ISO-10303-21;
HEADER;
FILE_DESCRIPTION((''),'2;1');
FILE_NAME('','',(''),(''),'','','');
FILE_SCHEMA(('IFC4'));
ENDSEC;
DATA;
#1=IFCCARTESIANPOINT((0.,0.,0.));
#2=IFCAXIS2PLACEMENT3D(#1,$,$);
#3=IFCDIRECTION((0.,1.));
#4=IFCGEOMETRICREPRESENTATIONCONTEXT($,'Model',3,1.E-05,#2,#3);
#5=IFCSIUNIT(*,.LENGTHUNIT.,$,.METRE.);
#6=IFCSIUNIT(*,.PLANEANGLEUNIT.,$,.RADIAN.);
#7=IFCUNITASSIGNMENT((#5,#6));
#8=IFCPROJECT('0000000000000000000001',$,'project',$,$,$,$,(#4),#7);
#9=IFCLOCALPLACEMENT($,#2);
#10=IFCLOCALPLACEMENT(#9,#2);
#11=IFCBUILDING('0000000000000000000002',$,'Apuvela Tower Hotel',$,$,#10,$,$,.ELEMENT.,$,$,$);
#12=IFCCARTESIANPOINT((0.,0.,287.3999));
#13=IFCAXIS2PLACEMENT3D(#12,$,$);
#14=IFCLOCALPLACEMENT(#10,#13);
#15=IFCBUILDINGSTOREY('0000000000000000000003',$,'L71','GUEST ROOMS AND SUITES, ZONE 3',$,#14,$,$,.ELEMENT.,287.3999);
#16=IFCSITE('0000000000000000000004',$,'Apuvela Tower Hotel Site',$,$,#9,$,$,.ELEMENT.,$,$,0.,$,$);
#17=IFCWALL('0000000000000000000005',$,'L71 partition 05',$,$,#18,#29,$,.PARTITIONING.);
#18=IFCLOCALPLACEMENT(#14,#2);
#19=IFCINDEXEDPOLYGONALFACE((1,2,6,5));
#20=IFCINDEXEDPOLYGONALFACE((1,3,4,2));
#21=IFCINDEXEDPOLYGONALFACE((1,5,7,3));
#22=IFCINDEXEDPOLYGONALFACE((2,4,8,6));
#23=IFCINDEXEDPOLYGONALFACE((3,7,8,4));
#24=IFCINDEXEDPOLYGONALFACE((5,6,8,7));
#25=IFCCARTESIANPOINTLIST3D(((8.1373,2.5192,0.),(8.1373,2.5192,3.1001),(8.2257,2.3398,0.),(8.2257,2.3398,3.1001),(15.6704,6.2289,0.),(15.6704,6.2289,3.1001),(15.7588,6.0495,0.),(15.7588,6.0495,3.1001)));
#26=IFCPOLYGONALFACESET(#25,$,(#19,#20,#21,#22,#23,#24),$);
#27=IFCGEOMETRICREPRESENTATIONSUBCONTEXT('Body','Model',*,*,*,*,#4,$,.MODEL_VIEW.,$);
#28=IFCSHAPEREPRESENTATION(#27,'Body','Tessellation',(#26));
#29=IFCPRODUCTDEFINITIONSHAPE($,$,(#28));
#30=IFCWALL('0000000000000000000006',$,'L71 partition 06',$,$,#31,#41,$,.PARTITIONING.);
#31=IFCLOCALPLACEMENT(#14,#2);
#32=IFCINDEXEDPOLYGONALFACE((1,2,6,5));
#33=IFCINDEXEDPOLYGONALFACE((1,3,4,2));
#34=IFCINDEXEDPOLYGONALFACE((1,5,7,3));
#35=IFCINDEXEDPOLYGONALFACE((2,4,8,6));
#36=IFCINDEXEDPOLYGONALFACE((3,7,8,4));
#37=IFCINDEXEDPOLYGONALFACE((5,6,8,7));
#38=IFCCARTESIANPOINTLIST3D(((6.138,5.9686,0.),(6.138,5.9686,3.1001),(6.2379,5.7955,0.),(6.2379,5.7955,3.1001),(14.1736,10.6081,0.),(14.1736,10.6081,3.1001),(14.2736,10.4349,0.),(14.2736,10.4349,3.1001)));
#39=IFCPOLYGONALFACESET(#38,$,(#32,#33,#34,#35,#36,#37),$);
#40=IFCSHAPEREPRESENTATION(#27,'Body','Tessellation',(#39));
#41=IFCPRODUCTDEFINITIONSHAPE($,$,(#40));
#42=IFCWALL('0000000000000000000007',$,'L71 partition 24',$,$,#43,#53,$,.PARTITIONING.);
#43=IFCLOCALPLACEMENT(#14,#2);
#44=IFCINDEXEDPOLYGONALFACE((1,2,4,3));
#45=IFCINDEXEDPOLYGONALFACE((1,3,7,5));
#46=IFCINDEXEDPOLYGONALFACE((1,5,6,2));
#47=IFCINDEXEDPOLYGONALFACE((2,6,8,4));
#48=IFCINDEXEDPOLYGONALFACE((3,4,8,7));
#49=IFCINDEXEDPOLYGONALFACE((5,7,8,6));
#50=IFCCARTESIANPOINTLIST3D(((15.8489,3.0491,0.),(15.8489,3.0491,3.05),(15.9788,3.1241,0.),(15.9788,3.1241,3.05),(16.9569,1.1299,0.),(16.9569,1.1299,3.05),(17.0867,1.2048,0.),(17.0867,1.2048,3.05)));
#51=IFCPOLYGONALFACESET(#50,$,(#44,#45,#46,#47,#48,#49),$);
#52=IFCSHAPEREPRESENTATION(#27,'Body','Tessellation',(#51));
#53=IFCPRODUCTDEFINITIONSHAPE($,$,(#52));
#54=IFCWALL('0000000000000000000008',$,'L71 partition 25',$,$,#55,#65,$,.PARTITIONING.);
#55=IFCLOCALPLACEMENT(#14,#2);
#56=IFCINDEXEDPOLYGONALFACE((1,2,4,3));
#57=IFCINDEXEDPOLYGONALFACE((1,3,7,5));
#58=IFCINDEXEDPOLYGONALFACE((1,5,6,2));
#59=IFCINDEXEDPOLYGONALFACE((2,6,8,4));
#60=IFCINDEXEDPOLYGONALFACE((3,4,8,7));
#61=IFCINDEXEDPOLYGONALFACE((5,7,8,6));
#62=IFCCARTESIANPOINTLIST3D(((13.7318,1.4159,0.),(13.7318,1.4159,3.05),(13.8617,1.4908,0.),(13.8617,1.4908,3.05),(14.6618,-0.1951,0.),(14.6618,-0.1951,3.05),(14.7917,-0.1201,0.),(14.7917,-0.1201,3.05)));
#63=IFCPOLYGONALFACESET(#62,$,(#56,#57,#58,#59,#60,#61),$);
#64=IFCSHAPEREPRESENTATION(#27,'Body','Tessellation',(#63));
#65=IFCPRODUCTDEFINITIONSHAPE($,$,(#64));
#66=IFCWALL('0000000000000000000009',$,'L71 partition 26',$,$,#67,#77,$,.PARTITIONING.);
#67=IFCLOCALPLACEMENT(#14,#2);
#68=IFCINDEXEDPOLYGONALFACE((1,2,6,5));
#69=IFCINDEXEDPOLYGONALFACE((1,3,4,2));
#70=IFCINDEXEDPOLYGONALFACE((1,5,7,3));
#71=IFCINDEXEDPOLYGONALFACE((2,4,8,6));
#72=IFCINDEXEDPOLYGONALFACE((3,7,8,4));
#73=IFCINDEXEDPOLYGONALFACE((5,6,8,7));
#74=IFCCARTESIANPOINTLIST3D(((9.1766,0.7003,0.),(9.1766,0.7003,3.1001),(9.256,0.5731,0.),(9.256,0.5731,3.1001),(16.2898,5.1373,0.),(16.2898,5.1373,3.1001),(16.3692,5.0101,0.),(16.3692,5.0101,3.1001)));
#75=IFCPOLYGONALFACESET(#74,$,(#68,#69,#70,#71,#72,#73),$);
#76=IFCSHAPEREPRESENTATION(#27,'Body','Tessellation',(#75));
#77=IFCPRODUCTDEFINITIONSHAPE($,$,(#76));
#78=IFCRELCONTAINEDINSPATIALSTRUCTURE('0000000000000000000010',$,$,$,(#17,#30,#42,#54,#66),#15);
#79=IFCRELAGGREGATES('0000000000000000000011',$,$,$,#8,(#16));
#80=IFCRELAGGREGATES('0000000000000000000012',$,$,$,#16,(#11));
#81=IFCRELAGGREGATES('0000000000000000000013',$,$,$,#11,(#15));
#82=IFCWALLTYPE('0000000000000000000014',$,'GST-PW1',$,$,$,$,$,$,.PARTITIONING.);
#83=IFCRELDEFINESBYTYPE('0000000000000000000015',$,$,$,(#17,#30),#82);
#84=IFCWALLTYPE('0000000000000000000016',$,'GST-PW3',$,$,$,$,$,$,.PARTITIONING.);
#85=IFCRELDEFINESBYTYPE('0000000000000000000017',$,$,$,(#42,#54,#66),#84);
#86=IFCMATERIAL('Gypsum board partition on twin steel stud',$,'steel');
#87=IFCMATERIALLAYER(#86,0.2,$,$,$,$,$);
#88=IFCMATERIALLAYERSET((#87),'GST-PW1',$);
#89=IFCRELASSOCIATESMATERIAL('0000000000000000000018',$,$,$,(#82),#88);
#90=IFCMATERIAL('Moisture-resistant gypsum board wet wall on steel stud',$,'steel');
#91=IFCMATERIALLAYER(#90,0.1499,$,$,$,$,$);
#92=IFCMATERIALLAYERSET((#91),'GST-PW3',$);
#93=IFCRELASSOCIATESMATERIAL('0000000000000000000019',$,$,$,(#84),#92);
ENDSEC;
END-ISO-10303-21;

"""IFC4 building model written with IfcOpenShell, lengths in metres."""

from ifc_helpers import new_model, si_unit, direction, frame, frame_2d, origin, place, context, subcontext, project, spatial, rectangle, extrude, material, layer, layer_set, type_object, element, save


model = new_model("IFC4")

# Units and contexts
model_context = context("Model", 3, precision=1e-05, world=origin(), true_north=direction((0.0, 1.0)))
body_context = subcontext(model_context, "Body", "Model", "MODEL_VIEW")
ifc_project = project(units=[si_unit("LENGTHUNIT", "METRE"), si_unit("PLANEANGLEUNIT", "RADIAN")], contexts=[model_context])

# Site, building, storey
site_placement = place(None, origin())
site = spatial("IfcSite", under=ifc_project, at=site_placement, Name="Apuvela Tower Hotel Site", CompositionType="ELEMENT", RefElevation=0.0)
building_placement = place(site_placement, origin())
building = spatial("IfcBuilding", under=site, at=building_placement, Name="Apuvela Tower Hotel", CompositionType="ELEMENT")
storey_placement = place(building_placement, frame((0.0, 0.0, 287.3999)))
storey = spatial("IfcBuildingStorey", under=building, at=storey_placement, Name="L71", Description="GUEST ROOMS AND SUITES, ZONE 3", CompositionType="ELEMENT", Elevation=287.3999)

# Walls
ifc_material_1 = material(Name="Gypsum board partition on twin steel stud", Category="steel")
ifc_layer_1 = layer(ifc_material_1, 0.2)
ifc_layer_set_1 = layer_set([ifc_layer_1], Name="GST-PW1")
wall_type_1 = type_object("IfcWallType", Name="GST-PW1", PredefinedType="PARTITIONING", material=ifc_layer_set_1)
wall_1_placement = place(storey_placement, frame((15.7146, 6.1392, 0.0), z_axis=(0.0, 0.0, 1.0), x_axis=(-0.897121, -0.441786, 0.0)))
element("IfcWall", 1, at=wall_1_placement, inside=storey, type_object=wall_type_1, Name="L71 partition 05", PredefinedType="PARTITIONING", context=body_context, shape_type="SweptSolid", body=[
    extrude(rectangle(XDim=8.397, YDim=0.2, at=frame_2d((4.1985, 0.0))), origin(), (0.0, 0.0, 1.0), 3.1001),
])
wall_2_placement = place(storey_placement, frame((14.2236, 10.5215, 0.0), z_axis=(0.0, 0.0, 1.0), x_axis=(-0.866024, -0.500002, 0.0)))
element("IfcWall", 2, at=wall_2_placement, inside=storey, type_object=wall_type_1, Name="L71 partition 06", PredefinedType="PARTITIONING", context=body_context, shape_type="SweptSolid", body=[
    extrude(rectangle(XDim=9.2788, YDim=0.2, at=frame_2d((4.6394, 0.0))), origin(), (0.0, 0.0, 1.0), 3.1001),
])
ifc_material_2 = material(Name="Moisture-resistant gypsum board wet wall on steel stud", Category="steel")
ifc_layer_2 = layer(ifc_material_2, 0.1499)
ifc_layer_set_2 = layer_set([ifc_layer_2], Name="GST-PW3")
wall_type_2 = type_object("IfcWallType", Name="GST-PW3", PredefinedType="PARTITIONING", material=ifc_layer_set_2)
wall_3_placement = place(storey_placement, frame((17.0217, 1.1675, 0.0), z_axis=(0.0, 0.0, 1.0), x_axis=(-0.499955, 0.866052, 0.0)))
element("IfcWall", 3, at=wall_3_placement, inside=storey, type_object=wall_type_2, Name="L71 partition 24", PredefinedType="PARTITIONING", context=body_context, shape_type="SweptSolid", body=[
    extrude(rectangle(XDim=2.2161, YDim=0.1499, at=frame_2d((1.1079, 0.0))), origin(), (0.0, 0.0, 1.0), 3.05),
])
wall_4_placement = place(storey_placement, frame((14.7268, -0.1577, 0.0), z_axis=(0.0, 0.0, 1.0), x_axis=(-0.499965, 0.866046, 0.0)))
element("IfcWall", 4, at=wall_4_placement, inside=storey, type_object=wall_type_2, Name="L71 partition 25", PredefinedType="PARTITIONING", context=body_context, shape_type="SweptSolid", body=[
    extrude(rectangle(XDim=1.8601, YDim=0.1499, at=frame_2d((0.9302, 0.0))), origin(), (0.0, 0.0, 1.0), 3.05),
])
wall_5_placement = place(storey_placement, frame((16.3296, 5.0737, 0.0), z_axis=(0.0, 0.0, 1.0), x_axis=(-0.848469, -0.529245, 0.0)))
element("IfcWall", 5, at=wall_5_placement, inside=storey, type_object=wall_type_2, Name="L71 partition 26", PredefinedType="PARTITIONING", context=body_context, shape_type="SweptSolid", body=[
    extrude(rectangle(XDim=8.3835, YDim=0.1499, at=frame_2d((4.1919, 0.0))), origin(), (0.0, 0.0, 1.0), 3.1001),
])

save(model, "model.ifc")
